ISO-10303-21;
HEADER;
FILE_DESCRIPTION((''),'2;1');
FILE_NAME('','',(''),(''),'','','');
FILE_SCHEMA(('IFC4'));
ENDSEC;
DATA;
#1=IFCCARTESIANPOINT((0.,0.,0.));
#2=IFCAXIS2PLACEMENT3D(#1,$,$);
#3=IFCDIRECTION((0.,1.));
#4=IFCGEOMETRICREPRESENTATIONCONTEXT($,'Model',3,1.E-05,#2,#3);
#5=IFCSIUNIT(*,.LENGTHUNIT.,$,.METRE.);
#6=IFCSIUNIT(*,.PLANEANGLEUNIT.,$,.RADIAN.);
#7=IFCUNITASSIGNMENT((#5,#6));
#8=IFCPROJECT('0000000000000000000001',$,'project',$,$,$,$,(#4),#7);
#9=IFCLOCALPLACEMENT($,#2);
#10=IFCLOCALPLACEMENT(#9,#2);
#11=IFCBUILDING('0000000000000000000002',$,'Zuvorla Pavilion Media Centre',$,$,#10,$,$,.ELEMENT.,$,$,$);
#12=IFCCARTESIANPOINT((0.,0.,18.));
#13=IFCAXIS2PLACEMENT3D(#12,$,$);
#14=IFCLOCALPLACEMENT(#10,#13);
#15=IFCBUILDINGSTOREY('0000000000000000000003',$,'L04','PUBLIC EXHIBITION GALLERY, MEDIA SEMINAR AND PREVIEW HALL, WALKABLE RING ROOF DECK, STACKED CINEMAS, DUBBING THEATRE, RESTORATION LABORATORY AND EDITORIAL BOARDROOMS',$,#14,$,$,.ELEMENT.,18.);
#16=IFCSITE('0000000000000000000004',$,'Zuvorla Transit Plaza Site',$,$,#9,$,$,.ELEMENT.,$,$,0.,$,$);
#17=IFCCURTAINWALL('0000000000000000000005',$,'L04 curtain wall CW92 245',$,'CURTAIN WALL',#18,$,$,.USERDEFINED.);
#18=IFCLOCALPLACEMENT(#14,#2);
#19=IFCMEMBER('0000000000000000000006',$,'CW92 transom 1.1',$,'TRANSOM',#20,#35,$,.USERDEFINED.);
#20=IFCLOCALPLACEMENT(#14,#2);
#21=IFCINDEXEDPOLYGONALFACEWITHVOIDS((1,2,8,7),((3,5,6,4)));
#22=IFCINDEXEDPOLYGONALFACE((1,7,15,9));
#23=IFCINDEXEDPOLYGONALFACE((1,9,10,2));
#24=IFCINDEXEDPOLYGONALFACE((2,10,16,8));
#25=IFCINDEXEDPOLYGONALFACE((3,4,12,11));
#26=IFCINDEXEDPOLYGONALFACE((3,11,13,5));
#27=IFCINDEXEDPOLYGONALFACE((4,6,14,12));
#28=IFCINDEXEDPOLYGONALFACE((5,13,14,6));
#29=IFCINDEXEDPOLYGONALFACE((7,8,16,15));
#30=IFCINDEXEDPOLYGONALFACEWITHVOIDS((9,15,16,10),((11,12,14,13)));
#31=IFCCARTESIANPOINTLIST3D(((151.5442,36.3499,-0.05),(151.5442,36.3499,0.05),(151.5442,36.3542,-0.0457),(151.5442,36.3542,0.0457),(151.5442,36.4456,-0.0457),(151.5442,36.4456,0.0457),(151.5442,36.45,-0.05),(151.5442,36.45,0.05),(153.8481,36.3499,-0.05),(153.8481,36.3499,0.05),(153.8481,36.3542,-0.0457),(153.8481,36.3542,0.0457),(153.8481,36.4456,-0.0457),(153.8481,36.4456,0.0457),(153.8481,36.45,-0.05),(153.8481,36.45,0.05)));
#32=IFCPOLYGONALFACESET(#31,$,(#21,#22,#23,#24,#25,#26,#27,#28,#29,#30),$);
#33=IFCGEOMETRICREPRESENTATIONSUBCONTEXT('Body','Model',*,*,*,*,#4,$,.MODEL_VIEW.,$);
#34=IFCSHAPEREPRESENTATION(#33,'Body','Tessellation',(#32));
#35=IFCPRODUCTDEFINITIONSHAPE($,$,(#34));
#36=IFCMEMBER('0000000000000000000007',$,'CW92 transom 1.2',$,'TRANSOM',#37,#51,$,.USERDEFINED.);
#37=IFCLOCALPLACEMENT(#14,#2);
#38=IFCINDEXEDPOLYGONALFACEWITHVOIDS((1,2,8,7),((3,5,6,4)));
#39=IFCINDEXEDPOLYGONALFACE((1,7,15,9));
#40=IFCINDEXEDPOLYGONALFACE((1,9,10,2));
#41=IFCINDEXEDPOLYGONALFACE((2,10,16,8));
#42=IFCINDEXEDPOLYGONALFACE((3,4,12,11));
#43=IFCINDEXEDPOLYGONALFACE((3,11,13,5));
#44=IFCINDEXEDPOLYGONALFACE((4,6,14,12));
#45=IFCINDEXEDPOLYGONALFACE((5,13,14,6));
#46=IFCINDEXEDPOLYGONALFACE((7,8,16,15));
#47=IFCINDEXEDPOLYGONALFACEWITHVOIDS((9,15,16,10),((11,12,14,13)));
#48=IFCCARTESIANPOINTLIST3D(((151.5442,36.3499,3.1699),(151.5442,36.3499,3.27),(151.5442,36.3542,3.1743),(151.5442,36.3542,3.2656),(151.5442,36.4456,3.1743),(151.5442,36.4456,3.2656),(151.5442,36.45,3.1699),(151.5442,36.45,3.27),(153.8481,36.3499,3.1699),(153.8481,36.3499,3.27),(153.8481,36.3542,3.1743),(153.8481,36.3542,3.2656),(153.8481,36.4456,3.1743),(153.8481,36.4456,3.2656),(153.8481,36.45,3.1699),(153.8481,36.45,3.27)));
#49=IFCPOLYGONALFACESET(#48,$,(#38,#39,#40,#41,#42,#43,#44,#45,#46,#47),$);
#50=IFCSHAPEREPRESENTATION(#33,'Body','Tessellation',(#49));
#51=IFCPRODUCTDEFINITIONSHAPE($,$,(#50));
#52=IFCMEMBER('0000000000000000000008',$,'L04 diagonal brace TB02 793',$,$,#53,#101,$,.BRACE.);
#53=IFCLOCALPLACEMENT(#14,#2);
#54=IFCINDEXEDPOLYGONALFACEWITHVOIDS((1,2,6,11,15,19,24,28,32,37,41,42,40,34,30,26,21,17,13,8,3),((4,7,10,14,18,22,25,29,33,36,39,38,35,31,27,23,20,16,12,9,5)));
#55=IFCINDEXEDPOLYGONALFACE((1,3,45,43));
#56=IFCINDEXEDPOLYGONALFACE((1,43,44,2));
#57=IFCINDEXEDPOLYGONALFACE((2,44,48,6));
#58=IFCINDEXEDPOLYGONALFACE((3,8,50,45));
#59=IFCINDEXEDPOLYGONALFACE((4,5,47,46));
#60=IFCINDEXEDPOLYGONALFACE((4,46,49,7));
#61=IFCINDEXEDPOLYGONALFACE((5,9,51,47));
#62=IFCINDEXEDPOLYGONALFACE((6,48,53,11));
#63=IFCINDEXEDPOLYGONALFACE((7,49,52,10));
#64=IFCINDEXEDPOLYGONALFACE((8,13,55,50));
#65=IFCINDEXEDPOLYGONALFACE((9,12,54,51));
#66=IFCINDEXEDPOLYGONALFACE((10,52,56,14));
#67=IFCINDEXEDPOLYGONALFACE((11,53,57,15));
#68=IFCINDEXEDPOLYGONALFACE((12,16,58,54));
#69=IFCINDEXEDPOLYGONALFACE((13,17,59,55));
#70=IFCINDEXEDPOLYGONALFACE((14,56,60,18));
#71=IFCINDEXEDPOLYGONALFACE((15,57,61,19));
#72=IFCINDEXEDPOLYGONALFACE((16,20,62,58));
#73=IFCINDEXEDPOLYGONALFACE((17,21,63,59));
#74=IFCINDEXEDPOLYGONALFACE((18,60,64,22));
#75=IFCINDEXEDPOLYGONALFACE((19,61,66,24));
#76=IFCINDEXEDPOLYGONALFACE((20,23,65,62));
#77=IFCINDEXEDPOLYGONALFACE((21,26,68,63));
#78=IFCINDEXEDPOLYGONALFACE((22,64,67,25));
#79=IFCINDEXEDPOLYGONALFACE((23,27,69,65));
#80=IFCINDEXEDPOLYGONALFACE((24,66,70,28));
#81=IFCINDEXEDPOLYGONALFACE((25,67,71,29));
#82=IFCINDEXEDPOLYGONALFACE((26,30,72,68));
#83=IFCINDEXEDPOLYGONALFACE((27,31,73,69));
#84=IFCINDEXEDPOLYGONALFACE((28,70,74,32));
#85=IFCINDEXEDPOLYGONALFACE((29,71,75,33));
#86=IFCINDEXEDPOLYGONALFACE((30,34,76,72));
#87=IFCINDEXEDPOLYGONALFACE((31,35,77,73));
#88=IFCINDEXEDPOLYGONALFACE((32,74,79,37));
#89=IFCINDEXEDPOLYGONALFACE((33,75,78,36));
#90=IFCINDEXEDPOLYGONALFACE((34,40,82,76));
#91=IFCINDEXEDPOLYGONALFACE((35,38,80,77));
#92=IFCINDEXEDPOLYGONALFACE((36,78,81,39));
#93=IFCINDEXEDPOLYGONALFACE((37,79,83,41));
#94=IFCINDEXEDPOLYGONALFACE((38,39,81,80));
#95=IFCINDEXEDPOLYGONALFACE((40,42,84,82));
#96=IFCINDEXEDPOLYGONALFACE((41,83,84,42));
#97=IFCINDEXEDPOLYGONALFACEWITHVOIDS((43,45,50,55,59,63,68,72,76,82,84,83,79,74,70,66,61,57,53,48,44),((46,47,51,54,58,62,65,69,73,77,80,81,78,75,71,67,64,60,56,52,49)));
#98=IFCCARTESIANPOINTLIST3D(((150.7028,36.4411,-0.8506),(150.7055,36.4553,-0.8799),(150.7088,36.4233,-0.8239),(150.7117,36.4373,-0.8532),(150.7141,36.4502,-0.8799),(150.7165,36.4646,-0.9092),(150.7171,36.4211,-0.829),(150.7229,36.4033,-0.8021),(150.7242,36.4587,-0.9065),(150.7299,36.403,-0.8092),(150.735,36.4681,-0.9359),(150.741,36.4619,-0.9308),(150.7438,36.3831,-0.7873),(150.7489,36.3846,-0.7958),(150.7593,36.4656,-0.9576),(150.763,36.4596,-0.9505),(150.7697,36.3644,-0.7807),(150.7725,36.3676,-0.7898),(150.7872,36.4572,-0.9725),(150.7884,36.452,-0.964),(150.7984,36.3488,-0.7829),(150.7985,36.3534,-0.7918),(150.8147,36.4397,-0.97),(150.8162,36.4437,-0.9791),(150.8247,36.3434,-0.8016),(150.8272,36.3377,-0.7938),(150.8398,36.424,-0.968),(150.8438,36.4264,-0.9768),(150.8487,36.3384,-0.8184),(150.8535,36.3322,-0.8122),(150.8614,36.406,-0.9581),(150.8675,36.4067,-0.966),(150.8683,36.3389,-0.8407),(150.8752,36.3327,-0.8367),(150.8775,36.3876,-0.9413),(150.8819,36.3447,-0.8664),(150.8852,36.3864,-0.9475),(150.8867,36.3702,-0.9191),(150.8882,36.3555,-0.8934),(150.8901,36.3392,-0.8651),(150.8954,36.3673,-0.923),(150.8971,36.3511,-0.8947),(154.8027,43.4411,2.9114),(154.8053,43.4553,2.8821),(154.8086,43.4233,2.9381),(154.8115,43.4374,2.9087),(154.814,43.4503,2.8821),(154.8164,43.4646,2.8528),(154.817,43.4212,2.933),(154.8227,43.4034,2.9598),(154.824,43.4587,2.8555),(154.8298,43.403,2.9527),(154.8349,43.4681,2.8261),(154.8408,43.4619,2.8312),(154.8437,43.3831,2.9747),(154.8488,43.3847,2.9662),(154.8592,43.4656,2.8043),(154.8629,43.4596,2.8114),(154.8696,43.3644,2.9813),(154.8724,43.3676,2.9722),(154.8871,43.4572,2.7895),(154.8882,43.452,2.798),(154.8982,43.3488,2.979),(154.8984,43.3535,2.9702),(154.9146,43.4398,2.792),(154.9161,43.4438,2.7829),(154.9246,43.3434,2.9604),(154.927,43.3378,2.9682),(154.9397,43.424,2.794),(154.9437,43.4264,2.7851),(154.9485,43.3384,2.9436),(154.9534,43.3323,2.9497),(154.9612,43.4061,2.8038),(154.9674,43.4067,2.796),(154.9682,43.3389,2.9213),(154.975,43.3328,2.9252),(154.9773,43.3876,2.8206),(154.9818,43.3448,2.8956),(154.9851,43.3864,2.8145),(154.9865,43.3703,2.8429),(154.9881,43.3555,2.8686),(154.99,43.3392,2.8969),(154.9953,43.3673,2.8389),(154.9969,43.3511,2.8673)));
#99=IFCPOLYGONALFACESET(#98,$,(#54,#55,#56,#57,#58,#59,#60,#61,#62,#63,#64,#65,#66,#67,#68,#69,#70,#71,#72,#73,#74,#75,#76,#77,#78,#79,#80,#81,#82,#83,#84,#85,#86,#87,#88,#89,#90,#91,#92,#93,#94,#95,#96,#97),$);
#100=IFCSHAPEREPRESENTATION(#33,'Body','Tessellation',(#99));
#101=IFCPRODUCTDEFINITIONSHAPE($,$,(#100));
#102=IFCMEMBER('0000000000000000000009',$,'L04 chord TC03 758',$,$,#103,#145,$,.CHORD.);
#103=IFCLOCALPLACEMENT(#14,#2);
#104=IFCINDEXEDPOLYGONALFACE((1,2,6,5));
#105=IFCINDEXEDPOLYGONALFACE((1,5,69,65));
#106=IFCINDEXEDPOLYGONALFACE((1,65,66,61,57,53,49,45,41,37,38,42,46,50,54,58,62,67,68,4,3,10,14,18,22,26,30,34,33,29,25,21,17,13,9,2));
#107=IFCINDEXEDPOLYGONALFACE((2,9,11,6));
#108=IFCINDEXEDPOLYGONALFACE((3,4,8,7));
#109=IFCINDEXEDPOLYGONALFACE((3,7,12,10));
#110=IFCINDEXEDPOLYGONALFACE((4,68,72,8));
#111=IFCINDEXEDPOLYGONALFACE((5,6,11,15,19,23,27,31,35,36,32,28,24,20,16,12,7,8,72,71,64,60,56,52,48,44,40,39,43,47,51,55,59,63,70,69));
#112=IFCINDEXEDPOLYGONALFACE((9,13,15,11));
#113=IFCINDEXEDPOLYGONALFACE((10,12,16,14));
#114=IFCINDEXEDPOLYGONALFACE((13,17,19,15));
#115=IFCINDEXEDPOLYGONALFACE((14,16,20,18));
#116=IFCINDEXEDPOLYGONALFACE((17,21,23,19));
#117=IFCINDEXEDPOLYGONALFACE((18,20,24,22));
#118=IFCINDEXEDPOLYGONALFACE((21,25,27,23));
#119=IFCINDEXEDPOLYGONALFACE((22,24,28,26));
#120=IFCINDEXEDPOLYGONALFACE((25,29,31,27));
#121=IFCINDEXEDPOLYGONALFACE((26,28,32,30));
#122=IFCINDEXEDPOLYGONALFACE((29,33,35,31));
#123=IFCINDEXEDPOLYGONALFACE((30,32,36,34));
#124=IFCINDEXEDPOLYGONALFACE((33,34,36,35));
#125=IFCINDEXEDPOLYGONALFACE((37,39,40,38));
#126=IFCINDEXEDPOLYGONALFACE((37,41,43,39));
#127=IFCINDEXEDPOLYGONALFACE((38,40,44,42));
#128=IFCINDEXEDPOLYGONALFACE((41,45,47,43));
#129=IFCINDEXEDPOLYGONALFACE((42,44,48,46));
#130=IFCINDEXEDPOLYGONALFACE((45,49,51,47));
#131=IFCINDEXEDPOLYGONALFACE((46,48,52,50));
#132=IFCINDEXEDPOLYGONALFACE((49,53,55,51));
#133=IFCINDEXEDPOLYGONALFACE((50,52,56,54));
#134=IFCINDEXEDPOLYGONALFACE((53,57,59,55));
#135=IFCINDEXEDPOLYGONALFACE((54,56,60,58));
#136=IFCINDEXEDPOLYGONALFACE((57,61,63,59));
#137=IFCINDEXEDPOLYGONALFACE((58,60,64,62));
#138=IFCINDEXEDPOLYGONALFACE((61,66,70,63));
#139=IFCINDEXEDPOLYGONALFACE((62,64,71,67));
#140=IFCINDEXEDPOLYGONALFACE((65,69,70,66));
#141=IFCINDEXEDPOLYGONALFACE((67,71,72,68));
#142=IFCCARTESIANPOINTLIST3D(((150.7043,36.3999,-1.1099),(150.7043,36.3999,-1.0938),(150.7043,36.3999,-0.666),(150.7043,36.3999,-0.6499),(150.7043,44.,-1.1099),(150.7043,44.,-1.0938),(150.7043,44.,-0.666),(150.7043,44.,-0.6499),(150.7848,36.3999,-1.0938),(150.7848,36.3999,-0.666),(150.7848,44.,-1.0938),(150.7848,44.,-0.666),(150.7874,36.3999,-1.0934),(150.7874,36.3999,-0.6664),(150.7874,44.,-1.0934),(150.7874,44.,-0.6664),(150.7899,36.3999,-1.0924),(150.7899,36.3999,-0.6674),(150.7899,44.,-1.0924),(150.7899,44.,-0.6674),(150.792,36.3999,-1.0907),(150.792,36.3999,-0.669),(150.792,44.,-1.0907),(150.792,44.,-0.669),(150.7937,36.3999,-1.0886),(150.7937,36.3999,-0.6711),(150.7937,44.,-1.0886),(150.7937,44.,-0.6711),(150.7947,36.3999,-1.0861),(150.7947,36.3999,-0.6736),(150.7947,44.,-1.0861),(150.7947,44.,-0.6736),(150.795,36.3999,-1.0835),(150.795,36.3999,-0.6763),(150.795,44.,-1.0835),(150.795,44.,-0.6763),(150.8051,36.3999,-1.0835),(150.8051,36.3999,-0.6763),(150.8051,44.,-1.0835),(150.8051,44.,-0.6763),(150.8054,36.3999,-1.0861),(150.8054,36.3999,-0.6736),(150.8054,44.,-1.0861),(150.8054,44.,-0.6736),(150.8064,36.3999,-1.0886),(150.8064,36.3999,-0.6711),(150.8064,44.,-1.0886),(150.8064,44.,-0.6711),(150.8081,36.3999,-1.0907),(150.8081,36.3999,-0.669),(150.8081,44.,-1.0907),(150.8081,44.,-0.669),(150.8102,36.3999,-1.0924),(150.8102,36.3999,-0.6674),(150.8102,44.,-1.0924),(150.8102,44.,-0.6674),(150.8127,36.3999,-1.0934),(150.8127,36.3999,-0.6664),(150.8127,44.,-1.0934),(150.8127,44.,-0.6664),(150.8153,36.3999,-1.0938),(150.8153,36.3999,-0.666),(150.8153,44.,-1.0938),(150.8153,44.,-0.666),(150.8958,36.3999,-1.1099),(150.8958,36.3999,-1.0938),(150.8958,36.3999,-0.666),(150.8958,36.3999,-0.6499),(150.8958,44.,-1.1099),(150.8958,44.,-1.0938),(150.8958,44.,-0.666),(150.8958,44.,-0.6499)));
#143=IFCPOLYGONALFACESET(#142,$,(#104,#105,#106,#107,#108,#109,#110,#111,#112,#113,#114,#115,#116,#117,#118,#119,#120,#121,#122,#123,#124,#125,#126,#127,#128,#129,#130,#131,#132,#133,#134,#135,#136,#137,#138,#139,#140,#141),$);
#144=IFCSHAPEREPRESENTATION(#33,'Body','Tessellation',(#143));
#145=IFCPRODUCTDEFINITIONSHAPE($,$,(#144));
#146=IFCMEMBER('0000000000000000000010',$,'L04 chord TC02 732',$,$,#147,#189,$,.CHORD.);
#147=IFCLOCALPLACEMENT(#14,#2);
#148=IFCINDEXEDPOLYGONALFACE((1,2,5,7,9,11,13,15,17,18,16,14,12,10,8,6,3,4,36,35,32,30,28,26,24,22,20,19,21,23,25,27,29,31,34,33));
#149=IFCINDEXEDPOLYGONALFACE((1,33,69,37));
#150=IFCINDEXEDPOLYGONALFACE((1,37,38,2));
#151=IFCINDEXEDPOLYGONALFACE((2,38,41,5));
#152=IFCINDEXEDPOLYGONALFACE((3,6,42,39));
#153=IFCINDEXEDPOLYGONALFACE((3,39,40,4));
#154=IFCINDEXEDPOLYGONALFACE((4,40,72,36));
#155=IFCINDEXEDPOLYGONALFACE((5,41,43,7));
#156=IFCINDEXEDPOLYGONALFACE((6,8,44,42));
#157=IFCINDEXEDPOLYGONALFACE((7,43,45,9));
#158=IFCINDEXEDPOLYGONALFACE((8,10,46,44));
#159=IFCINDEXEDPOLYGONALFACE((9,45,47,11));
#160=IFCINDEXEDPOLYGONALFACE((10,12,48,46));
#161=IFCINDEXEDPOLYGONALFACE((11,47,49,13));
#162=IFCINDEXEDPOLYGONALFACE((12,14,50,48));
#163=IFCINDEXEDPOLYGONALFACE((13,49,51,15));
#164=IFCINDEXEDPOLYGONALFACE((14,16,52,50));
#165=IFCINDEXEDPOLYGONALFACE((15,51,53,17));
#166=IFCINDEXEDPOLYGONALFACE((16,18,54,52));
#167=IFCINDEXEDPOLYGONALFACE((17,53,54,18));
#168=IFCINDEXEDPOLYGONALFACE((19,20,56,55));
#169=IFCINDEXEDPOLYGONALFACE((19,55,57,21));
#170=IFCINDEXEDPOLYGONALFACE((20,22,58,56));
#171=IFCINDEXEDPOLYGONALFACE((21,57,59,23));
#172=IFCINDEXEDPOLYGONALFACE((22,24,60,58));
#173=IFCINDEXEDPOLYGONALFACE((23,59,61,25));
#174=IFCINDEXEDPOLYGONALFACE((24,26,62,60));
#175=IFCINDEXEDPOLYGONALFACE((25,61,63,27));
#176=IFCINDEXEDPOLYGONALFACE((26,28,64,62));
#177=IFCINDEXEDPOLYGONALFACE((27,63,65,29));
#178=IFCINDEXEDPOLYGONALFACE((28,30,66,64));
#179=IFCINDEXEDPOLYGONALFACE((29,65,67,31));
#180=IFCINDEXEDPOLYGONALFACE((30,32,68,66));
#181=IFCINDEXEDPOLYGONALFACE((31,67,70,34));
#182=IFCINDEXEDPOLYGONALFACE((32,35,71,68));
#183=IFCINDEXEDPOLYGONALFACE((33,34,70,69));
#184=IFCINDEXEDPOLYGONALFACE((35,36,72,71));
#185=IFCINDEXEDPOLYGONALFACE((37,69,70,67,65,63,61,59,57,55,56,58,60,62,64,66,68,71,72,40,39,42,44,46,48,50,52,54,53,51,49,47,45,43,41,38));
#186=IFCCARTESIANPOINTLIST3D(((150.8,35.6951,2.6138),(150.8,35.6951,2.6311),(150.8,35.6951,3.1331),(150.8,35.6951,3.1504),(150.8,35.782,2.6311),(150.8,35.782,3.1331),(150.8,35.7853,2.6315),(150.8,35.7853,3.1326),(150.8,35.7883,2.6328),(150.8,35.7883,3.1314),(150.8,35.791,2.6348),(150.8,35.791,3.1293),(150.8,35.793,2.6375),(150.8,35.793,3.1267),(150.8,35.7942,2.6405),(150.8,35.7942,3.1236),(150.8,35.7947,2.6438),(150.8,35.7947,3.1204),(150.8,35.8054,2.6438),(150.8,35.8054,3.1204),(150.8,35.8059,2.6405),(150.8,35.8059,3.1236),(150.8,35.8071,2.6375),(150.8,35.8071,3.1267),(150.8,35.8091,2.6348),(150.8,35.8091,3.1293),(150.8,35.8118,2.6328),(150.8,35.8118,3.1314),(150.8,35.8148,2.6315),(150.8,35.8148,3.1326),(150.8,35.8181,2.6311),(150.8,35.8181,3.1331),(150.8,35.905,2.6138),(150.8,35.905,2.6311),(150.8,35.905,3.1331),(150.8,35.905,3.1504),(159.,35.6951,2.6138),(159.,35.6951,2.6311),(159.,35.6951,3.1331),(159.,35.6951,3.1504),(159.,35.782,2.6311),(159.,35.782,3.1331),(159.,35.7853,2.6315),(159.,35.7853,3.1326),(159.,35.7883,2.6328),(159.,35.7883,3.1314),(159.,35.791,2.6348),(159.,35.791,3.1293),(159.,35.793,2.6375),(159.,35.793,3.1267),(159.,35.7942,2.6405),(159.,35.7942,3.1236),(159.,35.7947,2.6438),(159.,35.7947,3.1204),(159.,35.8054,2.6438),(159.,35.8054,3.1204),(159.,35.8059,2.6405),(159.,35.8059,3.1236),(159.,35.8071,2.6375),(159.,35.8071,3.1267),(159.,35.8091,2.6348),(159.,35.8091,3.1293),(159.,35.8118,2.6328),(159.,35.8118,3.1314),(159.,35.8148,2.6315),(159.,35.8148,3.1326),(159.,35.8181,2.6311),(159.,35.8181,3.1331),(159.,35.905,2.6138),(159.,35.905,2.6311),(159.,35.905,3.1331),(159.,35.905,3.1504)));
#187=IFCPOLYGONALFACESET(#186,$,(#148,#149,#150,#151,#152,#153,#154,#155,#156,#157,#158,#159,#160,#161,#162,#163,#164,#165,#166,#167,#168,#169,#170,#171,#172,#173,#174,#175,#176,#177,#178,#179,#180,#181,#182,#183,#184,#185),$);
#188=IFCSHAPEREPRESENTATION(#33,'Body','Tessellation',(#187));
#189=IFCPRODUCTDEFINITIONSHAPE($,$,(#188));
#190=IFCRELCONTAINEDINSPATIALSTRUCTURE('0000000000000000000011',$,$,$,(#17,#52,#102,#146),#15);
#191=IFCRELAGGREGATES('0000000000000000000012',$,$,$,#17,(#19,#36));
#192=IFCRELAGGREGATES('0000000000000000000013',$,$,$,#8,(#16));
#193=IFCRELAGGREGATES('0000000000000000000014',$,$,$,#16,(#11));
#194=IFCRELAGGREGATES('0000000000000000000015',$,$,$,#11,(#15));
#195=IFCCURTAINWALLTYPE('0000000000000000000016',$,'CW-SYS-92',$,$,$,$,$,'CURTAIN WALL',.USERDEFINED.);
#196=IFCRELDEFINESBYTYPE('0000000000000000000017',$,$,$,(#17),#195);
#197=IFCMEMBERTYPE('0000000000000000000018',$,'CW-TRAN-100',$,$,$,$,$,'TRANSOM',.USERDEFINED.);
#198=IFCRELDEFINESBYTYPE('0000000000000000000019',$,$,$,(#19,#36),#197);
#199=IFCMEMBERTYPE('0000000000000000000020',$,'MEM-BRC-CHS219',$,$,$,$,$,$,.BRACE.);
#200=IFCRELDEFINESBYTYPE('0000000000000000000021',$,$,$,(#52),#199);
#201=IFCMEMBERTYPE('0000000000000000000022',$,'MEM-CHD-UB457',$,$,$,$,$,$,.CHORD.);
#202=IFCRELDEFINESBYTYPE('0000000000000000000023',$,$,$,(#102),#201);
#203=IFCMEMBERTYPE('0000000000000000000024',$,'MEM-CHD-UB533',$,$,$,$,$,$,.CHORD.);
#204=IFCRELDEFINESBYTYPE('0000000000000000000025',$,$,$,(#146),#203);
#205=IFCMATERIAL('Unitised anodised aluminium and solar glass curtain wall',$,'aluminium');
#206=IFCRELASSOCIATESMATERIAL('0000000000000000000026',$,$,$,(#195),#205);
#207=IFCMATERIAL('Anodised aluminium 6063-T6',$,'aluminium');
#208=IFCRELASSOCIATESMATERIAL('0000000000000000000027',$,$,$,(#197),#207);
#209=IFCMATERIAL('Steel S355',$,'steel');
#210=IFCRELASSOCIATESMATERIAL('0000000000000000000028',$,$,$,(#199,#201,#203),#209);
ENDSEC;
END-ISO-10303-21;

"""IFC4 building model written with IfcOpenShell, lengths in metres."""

from ifc_helpers import new_model, si_unit, direction, frame, origin, origin_2d, place, context, subcontext, project, spatial, hollow_rectangle, hollow_circle, i_section, extrude, material, material_profile, profile_set, type_object, element, aggregate, save


model = new_model("IFC4")

# Units and contexts
model_context = context("Model", 3, precision=1e-05, world=origin(), true_north=direction((0.0, 1.0)))
body_context = subcontext(model_context, "Body", "Model", "MODEL_VIEW")
ifc_project = project(units=[si_unit("LENGTHUNIT", "METRE"), si_unit("PLANEANGLEUNIT", "RADIAN")], contexts=[model_context])

# Site, building, storey
site_placement = place(None, origin())
site = spatial("IfcSite", under=ifc_project, at=site_placement, Name="Zuvorla Transit Plaza Site", CompositionType="ELEMENT", RefElevation=0.0)
building_placement = place(site_placement, origin())
building = spatial("IfcBuilding", under=site, at=building_placement, Name="Zuvorla Pavilion Media Centre", CompositionType="ELEMENT")
storey_placement = place(building_placement, frame((0.0, 0.0, 18.0)))
storey = spatial("IfcBuildingStorey", under=building, at=storey_placement, Name="L04", Description="PUBLIC EXHIBITION GALLERY, MEDIA SEMINAR AND PREVIEW HALL, WALKABLE RING ROOF DECK, STACKED CINEMAS, DUBBING THEATRE, RESTORATION LABORATORY AND EDITORIAL BOARDROOMS", CompositionType="ELEMENT", Elevation=18.0)

# Shared definitions
ifc_material_1 = material(Name="Steel S355", Category="steel")

# Curtain wall
ifc_material_2 = material(Name="Unitised anodised aluminium and solar glass curtain wall", Category="aluminium")
curtain_wall_type = type_object("IfcCurtainWallType", Name="CW-SYS-92", ElementType="CURTAIN WALL", PredefinedType="USERDEFINED", material=ifc_material_2)
ifc_material_3 = material(Name="Anodised aluminium 6063-T6", Category="aluminium")
curtain_wall_1_placement = place(storey_placement, origin())
curtain_wall_1 = element("IfcCurtainWall", 1, at=curtain_wall_1_placement, inside=storey, type_object=curtain_wall_type, Name="L04 curtain wall CW92 245", ObjectType="CURTAIN WALL", PredefinedType="USERDEFINED")

# Members
ifc_material_profile_1 = material_profile(ifc_material_3, hollow_rectangle(XDim=0.1001, YDim=0.1001, WallThickness=0.0044, at=origin_2d()), Name="ALU TRAN 100x100")
ifc_profile_set_1 = profile_set([ifc_material_profile_1], Name="Anodised aluminium 6063-T6")
member_type_1 = type_object("IfcMemberType", Name="CW-TRAN-100", ElementType="TRANSOM", PredefinedType="USERDEFINED", material=ifc_profile_set_1)
member_1_placement = place(storey_placement, frame((151.5442, 36.3999, 0.0), z_axis=(1.0, 0.0, 0.0), x_axis=(0.0, 1.0, 0.0)))
member_1 = element("IfcMember", 2, at=member_1_placement, type_object=member_type_1, Name="CW92 transom 1.1", ObjectType="TRANSOM", PredefinedType="USERDEFINED", context=body_context, shape_type="SweptSolid", body=[
    extrude(hollow_rectangle(XDim=0.1001, YDim=0.1001, WallThickness=0.0044, at=origin_2d()), origin(), (0.0, 0.0, 1.0), 2.304),
])
member_2_placement = place(storey_placement, frame((151.5442, 36.3999, 3.22), z_axis=(1.0, 0.0, 0.0), x_axis=(0.0, 1.0, 0.0)))
member_2 = element("IfcMember", 3, at=member_2_placement, type_object=member_type_1, Name="CW92 transom 1.2", ObjectType="TRANSOM", PredefinedType="USERDEFINED", context=body_context, shape_type="SweptSolid", body=[
    extrude(hollow_rectangle(XDim=0.1001, YDim=0.1001, WallThickness=0.0044, at=origin_2d()), origin(), (0.0, 0.0, 1.0), 2.304),
])

# Members
ifc_material_profile_2 = material_profile(ifc_material_1, hollow_circle(Radius=0.1096, WallThickness=0.01, at=origin_2d()), Name="CHS 219.1x10")
ifc_profile_set_2 = profile_set([ifc_material_profile_2], Name="Steel S355")
member_type_2 = type_object("IfcMemberType", Name="MEM-BRC-CHS219", PredefinedType="BRACE", material=ifc_profile_set_2)
member_3_placement = place(storey_placement, frame((150.8, 36.3999, -0.8799), z_axis=(0.458489, 0.782814, 0.420702), x_axis=(-0.862891, 0.50539, 0.0)))
element("IfcMember", 4, at=member_3_placement, inside=storey, type_object=member_type_2, Name="L04 diagonal brace TB02 793", PredefinedType="BRACE", context=body_context, shape_type="SweptSolid", body=[
    extrude(hollow_circle(Radius=0.1096, WallThickness=0.01, at=origin_2d()), origin(), (0.0, 0.0, 1.0), 8.9421),
])
ifc_material_profile_3 = material_profile(ifc_material_1, i_section(OverallWidth=0.1914, OverallDepth=0.46, WebThickness=0.01, FlangeThickness=0.0161, FilletRadius=0.0103, at=origin_2d()), Name="UB 457x191x82")
ifc_profile_set_3 = profile_set([ifc_material_profile_3], Name="Steel S355")
member_type_3 = type_object("IfcMemberType", Name="MEM-CHD-UB457", PredefinedType="CHORD", material=ifc_profile_set_3)
member_4_placement = place(storey_placement, frame((150.8, 36.3999, -0.8799), z_axis=(0.0, 1.0, 0.0), x_axis=(-1.0, 0.0, 0.0)))
element("IfcMember", 5, at=member_4_placement, inside=storey, type_object=member_type_3, Name="L04 chord TC03 758", PredefinedType="CHORD", context=body_context, shape_type="SweptSolid", body=[
    extrude(i_section(OverallWidth=0.1914, OverallDepth=0.46, WebThickness=0.01, FlangeThickness=0.0161, FilletRadius=0.0103, at=origin_2d()), origin(), (0.0, 0.0, 1.0), 7.6001),
])
ifc_material_profile_4 = material_profile(ifc_material_1, i_section(OverallWidth=0.21, OverallDepth=0.5366, WebThickness=0.0107, FlangeThickness=0.0173, FilletRadius=0.0127, at=origin_2d()), Name="UB 533x210x101")
ifc_profile_set_4 = profile_set([ifc_material_profile_4], Name="Steel S355")
member_type_4 = type_object("IfcMemberType", Name="MEM-CHD-UB533", PredefinedType="CHORD", material=ifc_profile_set_4)
member_5_placement = place(storey_placement, frame((150.8, 35.8, 2.8821), z_axis=(1.0, 0.0, 0.0), x_axis=(0.0, 1.0, 0.0)))
element("IfcMember", 6, at=member_5_placement, inside=storey, type_object=member_type_4, Name="L04 chord TC02 732", PredefinedType="CHORD", context=body_context, shape_type="SweptSolid", body=[
    extrude(i_section(OverallWidth=0.21, OverallDepth=0.5366, WebThickness=0.0107, FlangeThickness=0.0173, FilletRadius=0.0127, at=origin_2d()), origin(), (0.0, 0.0, 1.0), 8.2),
])

aggregate(curtain_wall_1, [member_1, member_2])

save(model, "model.ifc")
